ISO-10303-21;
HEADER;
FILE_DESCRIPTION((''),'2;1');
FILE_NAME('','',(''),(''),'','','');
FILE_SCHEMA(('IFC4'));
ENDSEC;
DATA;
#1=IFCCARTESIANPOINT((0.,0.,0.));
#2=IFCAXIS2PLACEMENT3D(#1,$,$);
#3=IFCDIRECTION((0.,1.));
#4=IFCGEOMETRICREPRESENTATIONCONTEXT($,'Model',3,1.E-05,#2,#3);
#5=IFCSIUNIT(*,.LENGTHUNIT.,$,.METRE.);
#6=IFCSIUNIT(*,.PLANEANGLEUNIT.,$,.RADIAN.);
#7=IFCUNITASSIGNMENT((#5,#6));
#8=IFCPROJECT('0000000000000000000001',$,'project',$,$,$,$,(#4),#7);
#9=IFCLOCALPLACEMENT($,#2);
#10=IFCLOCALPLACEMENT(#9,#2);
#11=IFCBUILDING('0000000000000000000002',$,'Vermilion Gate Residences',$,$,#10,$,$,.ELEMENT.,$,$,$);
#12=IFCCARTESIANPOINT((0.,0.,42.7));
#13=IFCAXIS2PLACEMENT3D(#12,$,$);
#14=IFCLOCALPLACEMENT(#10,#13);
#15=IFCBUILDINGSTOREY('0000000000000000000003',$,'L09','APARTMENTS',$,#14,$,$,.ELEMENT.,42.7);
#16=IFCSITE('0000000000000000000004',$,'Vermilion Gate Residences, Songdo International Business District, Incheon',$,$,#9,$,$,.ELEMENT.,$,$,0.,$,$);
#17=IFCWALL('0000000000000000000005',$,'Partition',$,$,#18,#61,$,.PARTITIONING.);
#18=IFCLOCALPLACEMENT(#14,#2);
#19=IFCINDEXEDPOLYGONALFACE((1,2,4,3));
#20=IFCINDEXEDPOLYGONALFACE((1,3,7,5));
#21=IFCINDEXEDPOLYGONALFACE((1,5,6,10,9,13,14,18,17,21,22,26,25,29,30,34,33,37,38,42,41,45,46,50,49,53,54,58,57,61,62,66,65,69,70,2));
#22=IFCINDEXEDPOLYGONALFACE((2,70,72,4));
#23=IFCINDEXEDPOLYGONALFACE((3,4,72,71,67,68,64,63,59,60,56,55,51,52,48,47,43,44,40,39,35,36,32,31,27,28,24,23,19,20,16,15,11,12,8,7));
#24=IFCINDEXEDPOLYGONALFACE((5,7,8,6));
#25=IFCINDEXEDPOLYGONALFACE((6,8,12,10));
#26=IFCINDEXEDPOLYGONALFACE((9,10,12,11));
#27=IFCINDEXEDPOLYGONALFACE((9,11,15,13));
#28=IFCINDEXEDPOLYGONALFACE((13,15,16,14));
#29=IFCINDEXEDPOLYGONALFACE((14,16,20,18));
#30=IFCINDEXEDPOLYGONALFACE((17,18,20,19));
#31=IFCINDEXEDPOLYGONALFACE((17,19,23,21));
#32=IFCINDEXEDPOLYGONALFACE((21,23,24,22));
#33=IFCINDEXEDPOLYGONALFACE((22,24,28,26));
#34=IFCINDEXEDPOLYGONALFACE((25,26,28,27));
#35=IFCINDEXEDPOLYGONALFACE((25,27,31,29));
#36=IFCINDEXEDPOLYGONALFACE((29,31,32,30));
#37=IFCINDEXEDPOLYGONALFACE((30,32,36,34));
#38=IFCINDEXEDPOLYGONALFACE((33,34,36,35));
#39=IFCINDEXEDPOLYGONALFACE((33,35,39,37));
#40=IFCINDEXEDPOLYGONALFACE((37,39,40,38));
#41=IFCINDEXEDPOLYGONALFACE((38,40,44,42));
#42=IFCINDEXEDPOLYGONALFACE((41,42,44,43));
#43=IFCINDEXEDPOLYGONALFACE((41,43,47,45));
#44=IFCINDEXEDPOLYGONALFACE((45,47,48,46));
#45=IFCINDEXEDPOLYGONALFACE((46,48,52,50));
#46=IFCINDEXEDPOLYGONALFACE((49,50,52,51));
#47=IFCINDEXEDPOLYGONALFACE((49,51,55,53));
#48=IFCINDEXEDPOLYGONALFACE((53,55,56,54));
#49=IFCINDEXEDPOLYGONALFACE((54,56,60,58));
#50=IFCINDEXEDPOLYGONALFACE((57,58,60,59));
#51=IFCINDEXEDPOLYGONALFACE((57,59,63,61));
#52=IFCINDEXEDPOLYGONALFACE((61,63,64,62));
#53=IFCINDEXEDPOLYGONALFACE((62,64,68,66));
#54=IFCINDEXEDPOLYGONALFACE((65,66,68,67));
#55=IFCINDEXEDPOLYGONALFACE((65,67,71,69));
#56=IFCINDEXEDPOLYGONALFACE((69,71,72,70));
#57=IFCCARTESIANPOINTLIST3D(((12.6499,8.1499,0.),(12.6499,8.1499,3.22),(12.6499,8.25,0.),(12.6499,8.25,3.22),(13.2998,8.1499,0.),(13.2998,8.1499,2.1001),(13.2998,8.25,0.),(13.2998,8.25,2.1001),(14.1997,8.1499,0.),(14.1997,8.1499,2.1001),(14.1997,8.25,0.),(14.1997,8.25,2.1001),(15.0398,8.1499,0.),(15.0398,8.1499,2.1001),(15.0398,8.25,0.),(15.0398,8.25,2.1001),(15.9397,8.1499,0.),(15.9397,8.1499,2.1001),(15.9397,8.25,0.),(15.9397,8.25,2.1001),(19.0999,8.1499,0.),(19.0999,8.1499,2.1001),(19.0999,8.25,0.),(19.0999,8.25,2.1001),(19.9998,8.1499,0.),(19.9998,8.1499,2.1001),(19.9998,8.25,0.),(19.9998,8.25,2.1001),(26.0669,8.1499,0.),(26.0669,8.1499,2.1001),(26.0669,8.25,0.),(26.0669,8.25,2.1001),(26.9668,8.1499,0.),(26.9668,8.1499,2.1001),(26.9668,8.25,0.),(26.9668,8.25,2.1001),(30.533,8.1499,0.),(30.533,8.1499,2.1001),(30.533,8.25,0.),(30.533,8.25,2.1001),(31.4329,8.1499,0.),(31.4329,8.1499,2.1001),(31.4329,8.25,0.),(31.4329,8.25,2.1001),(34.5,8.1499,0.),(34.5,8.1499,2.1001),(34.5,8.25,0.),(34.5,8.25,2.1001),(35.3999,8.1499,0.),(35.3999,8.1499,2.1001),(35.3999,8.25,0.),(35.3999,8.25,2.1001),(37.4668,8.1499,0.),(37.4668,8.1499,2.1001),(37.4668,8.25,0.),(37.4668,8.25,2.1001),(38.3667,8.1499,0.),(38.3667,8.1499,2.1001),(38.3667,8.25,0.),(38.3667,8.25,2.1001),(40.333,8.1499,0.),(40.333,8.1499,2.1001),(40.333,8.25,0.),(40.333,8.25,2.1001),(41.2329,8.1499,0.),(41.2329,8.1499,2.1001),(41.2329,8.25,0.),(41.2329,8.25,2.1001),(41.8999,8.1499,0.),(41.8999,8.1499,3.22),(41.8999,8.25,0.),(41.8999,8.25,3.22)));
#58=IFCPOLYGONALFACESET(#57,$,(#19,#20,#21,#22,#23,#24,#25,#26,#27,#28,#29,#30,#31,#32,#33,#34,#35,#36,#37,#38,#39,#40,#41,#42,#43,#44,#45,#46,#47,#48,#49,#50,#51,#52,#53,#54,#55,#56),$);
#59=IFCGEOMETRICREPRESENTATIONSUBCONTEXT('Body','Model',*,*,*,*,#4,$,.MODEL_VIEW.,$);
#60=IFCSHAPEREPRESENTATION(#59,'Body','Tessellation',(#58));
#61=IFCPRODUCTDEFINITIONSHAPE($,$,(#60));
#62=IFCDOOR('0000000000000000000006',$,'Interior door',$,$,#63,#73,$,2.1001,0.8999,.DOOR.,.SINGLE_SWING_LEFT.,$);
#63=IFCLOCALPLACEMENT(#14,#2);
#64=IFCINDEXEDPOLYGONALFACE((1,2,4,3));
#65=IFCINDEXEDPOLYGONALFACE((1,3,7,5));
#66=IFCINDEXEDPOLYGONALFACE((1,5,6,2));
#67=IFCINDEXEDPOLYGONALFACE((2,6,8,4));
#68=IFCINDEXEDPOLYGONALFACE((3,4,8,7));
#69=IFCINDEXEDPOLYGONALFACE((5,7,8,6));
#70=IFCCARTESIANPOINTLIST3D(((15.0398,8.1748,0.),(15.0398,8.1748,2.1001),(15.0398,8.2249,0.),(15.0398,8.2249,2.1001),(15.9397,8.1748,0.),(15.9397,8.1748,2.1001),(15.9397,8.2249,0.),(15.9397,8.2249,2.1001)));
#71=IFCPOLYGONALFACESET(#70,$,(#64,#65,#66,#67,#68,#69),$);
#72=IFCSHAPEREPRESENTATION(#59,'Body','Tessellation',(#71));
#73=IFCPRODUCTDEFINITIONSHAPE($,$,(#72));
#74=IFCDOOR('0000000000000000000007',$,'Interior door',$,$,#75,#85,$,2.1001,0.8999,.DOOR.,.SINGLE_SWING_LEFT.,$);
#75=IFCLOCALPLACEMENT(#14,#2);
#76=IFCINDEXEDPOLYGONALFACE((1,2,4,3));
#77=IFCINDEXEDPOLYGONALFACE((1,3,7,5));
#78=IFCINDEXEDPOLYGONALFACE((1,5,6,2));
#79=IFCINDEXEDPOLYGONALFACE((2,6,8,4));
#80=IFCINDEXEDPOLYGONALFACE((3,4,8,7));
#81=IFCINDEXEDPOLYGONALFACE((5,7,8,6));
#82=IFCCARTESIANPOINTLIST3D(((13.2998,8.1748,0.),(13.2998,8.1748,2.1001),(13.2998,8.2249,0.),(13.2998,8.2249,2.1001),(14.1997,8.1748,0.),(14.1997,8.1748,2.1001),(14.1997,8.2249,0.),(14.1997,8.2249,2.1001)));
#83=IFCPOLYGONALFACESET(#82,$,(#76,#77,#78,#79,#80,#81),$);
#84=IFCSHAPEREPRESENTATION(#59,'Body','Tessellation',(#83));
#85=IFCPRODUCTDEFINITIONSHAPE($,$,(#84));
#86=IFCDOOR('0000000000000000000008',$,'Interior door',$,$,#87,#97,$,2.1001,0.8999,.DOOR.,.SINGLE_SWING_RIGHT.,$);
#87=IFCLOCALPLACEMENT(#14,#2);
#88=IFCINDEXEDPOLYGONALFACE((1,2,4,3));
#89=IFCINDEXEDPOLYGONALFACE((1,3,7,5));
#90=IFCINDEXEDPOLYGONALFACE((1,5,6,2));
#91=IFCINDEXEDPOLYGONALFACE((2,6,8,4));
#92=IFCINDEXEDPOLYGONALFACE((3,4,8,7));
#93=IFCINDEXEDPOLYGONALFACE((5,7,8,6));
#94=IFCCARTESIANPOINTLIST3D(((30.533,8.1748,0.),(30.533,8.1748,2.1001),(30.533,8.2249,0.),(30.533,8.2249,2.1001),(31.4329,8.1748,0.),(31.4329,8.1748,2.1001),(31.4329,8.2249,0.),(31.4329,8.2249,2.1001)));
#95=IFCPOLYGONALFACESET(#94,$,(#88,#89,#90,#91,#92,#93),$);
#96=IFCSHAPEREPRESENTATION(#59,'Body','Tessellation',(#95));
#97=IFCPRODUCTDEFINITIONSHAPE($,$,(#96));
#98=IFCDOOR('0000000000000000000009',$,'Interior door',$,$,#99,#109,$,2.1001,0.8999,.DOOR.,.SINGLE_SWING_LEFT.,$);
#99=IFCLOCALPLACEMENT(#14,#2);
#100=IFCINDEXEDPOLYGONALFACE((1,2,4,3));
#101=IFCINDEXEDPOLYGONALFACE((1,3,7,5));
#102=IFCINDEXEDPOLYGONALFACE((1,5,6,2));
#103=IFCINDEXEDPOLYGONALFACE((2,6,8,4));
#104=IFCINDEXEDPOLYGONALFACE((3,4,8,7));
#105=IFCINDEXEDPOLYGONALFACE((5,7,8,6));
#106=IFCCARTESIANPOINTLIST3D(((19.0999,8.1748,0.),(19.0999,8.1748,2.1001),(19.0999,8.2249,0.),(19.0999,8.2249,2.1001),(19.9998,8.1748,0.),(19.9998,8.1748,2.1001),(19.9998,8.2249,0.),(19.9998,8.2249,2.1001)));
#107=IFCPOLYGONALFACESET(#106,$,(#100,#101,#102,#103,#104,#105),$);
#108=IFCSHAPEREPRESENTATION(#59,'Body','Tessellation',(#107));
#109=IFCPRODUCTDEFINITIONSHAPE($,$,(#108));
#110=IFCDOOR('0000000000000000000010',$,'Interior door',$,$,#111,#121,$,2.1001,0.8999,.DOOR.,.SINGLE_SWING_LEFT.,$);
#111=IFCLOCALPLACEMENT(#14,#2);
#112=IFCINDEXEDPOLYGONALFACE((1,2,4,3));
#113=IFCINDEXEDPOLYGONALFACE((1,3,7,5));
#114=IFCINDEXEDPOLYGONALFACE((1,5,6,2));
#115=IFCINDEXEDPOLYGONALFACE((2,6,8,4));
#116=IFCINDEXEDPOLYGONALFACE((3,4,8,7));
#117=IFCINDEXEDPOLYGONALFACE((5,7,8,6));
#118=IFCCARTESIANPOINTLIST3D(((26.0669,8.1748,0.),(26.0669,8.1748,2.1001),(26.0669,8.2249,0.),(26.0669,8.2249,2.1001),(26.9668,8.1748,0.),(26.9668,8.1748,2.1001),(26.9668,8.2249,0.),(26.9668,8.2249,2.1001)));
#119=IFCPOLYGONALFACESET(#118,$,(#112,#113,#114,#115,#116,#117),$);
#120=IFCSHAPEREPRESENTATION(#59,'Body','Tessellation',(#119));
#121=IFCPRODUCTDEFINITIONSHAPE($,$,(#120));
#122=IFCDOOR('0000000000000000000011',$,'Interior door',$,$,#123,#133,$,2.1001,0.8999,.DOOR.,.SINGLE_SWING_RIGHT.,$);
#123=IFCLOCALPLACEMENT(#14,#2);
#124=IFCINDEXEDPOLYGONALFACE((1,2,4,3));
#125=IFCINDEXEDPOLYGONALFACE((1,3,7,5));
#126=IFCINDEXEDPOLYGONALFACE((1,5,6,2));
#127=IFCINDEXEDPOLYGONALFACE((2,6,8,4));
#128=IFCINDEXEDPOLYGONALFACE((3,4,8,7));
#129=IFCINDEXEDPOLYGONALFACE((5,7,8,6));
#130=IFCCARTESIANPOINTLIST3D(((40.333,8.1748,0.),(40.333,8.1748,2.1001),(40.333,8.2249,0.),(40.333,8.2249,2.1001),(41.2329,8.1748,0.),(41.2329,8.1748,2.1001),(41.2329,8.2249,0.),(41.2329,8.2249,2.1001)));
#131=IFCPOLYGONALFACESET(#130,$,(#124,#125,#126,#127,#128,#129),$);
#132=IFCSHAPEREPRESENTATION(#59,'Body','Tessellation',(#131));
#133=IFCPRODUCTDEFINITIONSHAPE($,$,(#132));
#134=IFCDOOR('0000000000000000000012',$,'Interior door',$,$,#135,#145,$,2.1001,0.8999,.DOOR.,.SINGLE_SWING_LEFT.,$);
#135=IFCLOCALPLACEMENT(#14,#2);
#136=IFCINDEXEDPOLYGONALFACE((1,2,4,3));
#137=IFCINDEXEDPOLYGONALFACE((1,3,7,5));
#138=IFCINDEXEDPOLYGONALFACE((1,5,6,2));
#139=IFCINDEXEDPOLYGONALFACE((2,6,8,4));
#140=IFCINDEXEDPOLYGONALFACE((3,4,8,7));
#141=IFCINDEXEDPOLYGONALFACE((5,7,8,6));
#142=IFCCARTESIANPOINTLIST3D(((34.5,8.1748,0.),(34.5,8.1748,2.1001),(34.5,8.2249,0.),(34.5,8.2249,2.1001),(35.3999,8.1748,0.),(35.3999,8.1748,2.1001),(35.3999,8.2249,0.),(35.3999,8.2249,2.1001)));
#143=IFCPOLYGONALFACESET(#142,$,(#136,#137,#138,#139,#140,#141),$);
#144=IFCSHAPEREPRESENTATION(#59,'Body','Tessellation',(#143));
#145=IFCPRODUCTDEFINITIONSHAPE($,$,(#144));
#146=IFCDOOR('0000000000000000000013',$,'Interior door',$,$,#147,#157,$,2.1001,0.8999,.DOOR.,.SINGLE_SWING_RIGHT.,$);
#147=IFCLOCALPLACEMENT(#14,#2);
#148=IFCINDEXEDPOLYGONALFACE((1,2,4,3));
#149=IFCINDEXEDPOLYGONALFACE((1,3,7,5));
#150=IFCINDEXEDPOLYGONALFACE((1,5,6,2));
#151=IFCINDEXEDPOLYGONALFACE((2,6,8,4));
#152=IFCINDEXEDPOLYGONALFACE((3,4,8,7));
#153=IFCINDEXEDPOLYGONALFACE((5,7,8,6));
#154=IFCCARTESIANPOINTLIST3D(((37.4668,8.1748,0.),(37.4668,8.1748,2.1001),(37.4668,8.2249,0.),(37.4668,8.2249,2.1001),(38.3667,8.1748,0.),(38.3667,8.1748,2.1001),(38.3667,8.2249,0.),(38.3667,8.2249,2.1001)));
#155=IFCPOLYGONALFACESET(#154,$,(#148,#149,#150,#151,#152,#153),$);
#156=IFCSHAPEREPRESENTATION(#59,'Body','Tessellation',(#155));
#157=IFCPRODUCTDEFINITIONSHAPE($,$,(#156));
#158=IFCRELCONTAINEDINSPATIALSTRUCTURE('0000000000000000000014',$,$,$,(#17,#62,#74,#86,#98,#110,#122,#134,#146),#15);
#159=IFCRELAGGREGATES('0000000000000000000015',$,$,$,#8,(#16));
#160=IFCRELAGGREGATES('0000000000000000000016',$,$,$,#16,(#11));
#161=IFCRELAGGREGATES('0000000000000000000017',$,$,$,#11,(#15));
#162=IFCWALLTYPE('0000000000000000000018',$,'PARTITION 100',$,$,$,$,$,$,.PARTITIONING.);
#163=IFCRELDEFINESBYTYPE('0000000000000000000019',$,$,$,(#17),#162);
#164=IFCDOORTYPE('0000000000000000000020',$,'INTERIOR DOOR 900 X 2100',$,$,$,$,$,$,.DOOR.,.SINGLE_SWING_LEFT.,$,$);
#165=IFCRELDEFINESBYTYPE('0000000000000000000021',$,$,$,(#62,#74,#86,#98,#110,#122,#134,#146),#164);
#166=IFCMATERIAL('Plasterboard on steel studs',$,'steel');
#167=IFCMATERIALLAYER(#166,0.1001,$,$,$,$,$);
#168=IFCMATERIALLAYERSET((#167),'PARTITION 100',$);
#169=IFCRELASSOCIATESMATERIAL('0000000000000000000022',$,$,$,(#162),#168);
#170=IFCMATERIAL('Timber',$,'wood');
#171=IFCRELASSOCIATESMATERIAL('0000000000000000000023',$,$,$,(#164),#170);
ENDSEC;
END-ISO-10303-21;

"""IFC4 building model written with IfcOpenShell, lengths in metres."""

from ifc_helpers import new_model, si_unit, direction, frame, frame_2d, origin, place, context, subcontext, project, spatial, rectangle, extrude, material, layer, layer_set, type_object, element, fill, save


model = new_model("IFC4")

# Units and contexts
model_context = context("Model", 3, precision=1e-05, world=origin(), true_north=direction((0.0, 1.0)))
body_context = subcontext(model_context, "Body", "Model", "MODEL_VIEW")
ifc_project = project(units=[si_unit("LENGTHUNIT", "METRE"), si_unit("PLANEANGLEUNIT", "RADIAN")], contexts=[model_context])

# Site, building, storey
site_placement = place(None, origin())
site = spatial("IfcSite", under=ifc_project, at=site_placement, Name="Vermilion Gate Residences, Songdo International Business District, Incheon", CompositionType="ELEMENT", RefElevation=0.0)
building_placement = place(site_placement, origin())
building = spatial("IfcBuilding", under=site, at=building_placement, Name="Vermilion Gate Residences", CompositionType="ELEMENT")
storey_placement = place(building_placement, frame((0.0, 0.0, 42.7)))
storey = spatial("IfcBuildingStorey", under=building, at=storey_placement, Name="L09", Description="APARTMENTS", CompositionType="ELEMENT", Elevation=42.7)

# Wall, openings, doors
ifc_material_1 = material(Name="Plasterboard on steel studs", Category="steel")
ifc_layer = layer(ifc_material_1, 0.1001)
ifc_layer_set = layer_set([ifc_layer], Name="PARTITION 100")
wall_type = type_object("IfcWallType", Name="PARTITION 100", PredefinedType="PARTITIONING", material=ifc_layer_set)
ifc_material_2 = material(Name="Timber", Category="wood")
door_type = type_object("IfcDoorType", Name="INTERIOR DOOR 900 X 2100", OperationType="SINGLE_SWING_LEFT", PredefinedType="DOOR", material=ifc_material_2)
wall_1_placement = place(storey_placement, frame((12.6499, 8.2, 0.0), z_axis=(0.0, 0.0, 1.0), x_axis=(1.0, 0.0, 0.0)))
wall_1 = element("IfcWall", 1, at=wall_1_placement, inside=storey, type_object=wall_type, Name="Partition", PredefinedType="PARTITIONING", context=body_context, shape_type="SweptSolid", body=[
    extrude(rectangle(XDim=29.25, YDim=0.1001, at=frame_2d((14.625, 0.0))), origin(), (0.0, 0.0, 1.0), 3.22),
])
opening_1_placement = place(wall_1_placement, frame((2.3899, 0.0, 0.0)))
opening_1 = element("IfcOpeningElement", 2, at=opening_1_placement, cuts=wall_1, PredefinedType="OPENING", context=body_context, shape_type="SweptSolid", body=[
    extrude(rectangle(XDim=0.8999, YDim=2.1001, at=frame_2d((0.45, 1.05))), frame((0.0, 0.0601, 0.0), z_axis=(0.0, -1.0, 0.0), x_axis=(1.0, 0.0, 0.0)), (0.0, 0.0, 1.0), 0.1201),
])
opening_2_placement = place(wall_1_placement, frame((0.6499, 0.0, 0.0)))
opening_2 = element("IfcOpeningElement", 3, at=opening_2_placement, cuts=wall_1, PredefinedType="OPENING", context=body_context, shape_type="SweptSolid", body=[
    extrude(rectangle(XDim=0.8999, YDim=2.1001, at=frame_2d((0.45, 1.05))), frame((0.0, 0.0601, 0.0), z_axis=(0.0, -1.0, 0.0), x_axis=(1.0, 0.0, 0.0)), (0.0, 0.0, 1.0), 0.1201),
])
opening_3_placement = place(wall_1_placement, frame((17.8831, 0.0, 0.0)))
opening_3 = element("IfcOpeningElement", 4, at=opening_3_placement, cuts=wall_1, PredefinedType="OPENING", context=body_context, shape_type="SweptSolid", body=[
    extrude(rectangle(XDim=0.8999, YDim=2.1001, at=frame_2d((0.45, 1.05))), frame((0.0, 0.0601, 0.0), z_axis=(0.0, -1.0, 0.0), x_axis=(1.0, 0.0, 0.0)), (0.0, 0.0, 1.0), 0.1201),
])
opening_4_placement = place(wall_1_placement, frame((6.45, 0.0, 0.0)))
opening_4 = element("IfcOpeningElement", 5, at=opening_4_placement, cuts=wall_1, PredefinedType="OPENING", context=body_context, shape_type="SweptSolid", body=[
    extrude(rectangle(XDim=0.8999, YDim=2.1001, at=frame_2d((0.45, 1.05))), frame((0.0, 0.0601, 0.0), z_axis=(0.0, -1.0, 0.0), x_axis=(1.0, 0.0, 0.0)), (0.0, 0.0, 1.0), 0.1201),
])
opening_5_placement = place(wall_1_placement, frame((13.417, 0.0, 0.0)))
opening_5 = element("IfcOpeningElement", 6, at=opening_5_placement, cuts=wall_1, PredefinedType="OPENING", context=body_context, shape_type="SweptSolid", body=[
    extrude(rectangle(XDim=0.8999, YDim=2.1001, at=frame_2d((0.45, 1.05))), frame((0.0, 0.0601, 0.0), z_axis=(0.0, -1.0, 0.0), x_axis=(1.0, 0.0, 0.0)), (0.0, 0.0, 1.0), 0.1201),
])
opening_6_placement = place(wall_1_placement, frame((27.6831, 0.0, 0.0)))
opening_6 = element("IfcOpeningElement", 7, at=opening_6_placement, cuts=wall_1, PredefinedType="OPENING", context=body_context, shape_type="SweptSolid", body=[
    extrude(rectangle(XDim=0.8999, YDim=2.1001, at=frame_2d((0.45, 1.05))), frame((0.0, 0.0601, 0.0), z_axis=(0.0, -1.0, 0.0), x_axis=(1.0, 0.0, 0.0)), (0.0, 0.0, 1.0), 0.1201),
])
opening_7_placement = place(wall_1_placement, frame((21.8501, 0.0, 0.0)))
opening_7 = element("IfcOpeningElement", 8, at=opening_7_placement, cuts=wall_1, PredefinedType="OPENING", context=body_context, shape_type="SweptSolid", body=[
    extrude(rectangle(XDim=0.8999, YDim=2.1001, at=frame_2d((0.45, 1.05))), frame((0.0, 0.0601, 0.0), z_axis=(0.0, -1.0, 0.0), x_axis=(1.0, 0.0, 0.0)), (0.0, 0.0, 1.0), 0.1201),
])
opening_8_placement = place(wall_1_placement, frame((24.8169, 0.0, 0.0)))
opening_8 = element("IfcOpeningElement", 9, at=opening_8_placement, cuts=wall_1, PredefinedType="OPENING", context=body_context, shape_type="SweptSolid", body=[
    extrude(rectangle(XDim=0.8999, YDim=2.1001, at=frame_2d((0.45, 1.05))), frame((0.0, 0.0601, 0.0), z_axis=(0.0, -1.0, 0.0), x_axis=(1.0, 0.0, 0.0)), (0.0, 0.0, 1.0), 0.1201),
])
door_1_placement = place(opening_1_placement, origin())
door_1 = element("IfcDoor", 10, at=door_1_placement, inside=storey, type_object=door_type, Name="Interior door", OperationType="SINGLE_SWING_LEFT", OverallHeight=2.1001, OverallWidth=0.8999, PredefinedType="DOOR", context=body_context, shape_type="SweptSolid", body=[
    extrude(rectangle(XDim=0.8999, YDim=2.1001, at=frame_2d((0.45, 1.05))), frame((0.0, 0.0249, 0.0), z_axis=(0.0, -1.0, 0.0), x_axis=(1.0, 0.0, 0.0)), (0.0, 0.0, 1.0), 0.05),
])
fill(opening_1, door_1)
door_2_placement = place(opening_2_placement, origin())
door_2 = element("IfcDoor", 11, at=door_2_placement, inside=storey, type_object=door_type, Name="Interior door", OperationType="SINGLE_SWING_LEFT", OverallHeight=2.1001, OverallWidth=0.8999, PredefinedType="DOOR", context=body_context, shape_type="SweptSolid", body=[
    extrude(rectangle(XDim=0.8999, YDim=2.1001, at=frame_2d((0.45, 1.05))), frame((0.0, 0.0249, 0.0), z_axis=(0.0, -1.0, 0.0), x_axis=(1.0, 0.0, 0.0)), (0.0, 0.0, 1.0), 0.05),
])
fill(opening_2, door_2)
door_3_placement = place(opening_3_placement, origin())
door_3 = element("IfcDoor", 12, at=door_3_placement, inside=storey, type_object=door_type, Name="Interior door", OperationType="SINGLE_SWING_RIGHT", OverallHeight=2.1001, OverallWidth=0.8999, PredefinedType="DOOR", context=body_context, shape_type="SweptSolid", body=[
    extrude(rectangle(XDim=0.8999, YDim=2.1001, at=frame_2d((0.45, 1.05))), frame((0.0, 0.0249, 0.0), z_axis=(0.0, -1.0, 0.0), x_axis=(1.0, 0.0, 0.0)), (0.0, 0.0, 1.0), 0.05),
])
fill(opening_3, door_3)
door_4_placement = place(opening_4_placement, origin())
door_4 = element("IfcDoor", 13, at=door_4_placement, inside=storey, type_object=door_type, Name="Interior door", OperationType="SINGLE_SWING_LEFT", OverallHeight=2.1001, OverallWidth=0.8999, PredefinedType="DOOR", context=body_context, shape_type="SweptSolid", body=[
    extrude(rectangle(XDim=0.8999, YDim=2.1001, at=frame_2d((0.45, 1.05))), frame((0.0, 0.0249, 0.0), z_axis=(0.0, -1.0, 0.0), x_axis=(1.0, 0.0, 0.0)), (0.0, 0.0, 1.0), 0.05),
])
fill(opening_4, door_4)
door_5_placement = place(opening_5_placement, origin())
door_5 = element("IfcDoor", 14, at=door_5_placement, inside=storey, type_object=door_type, Name="Interior door", OperationType="SINGLE_SWING_LEFT", OverallHeight=2.1001, OverallWidth=0.8999, PredefinedType="DOOR", context=body_context, shape_type="SweptSolid", body=[
    extrude(rectangle(XDim=0.8999, YDim=2.1001, at=frame_2d((0.45, 1.05))), frame((0.0, 0.0249, 0.0), z_axis=(0.0, -1.0, 0.0), x_axis=(1.0, 0.0, 0.0)), (0.0, 0.0, 1.0), 0.05),
])
fill(opening_5, door_5)
door_6_placement = place(opening_6_placement, origin())
door_6 = element("IfcDoor", 15, at=door_6_placement, inside=storey, type_object=door_type, Name="Interior door", OperationType="SINGLE_SWING_RIGHT", OverallHeight=2.1001, OverallWidth=0.8999, PredefinedType="DOOR", context=body_context, shape_type="SweptSolid", body=[
    extrude(rectangle(XDim=0.8999, YDim=2.1001, at=frame_2d((0.45, 1.05))), frame((0.0, 0.0249, 0.0), z_axis=(0.0, -1.0, 0.0), x_axis=(1.0, 0.0, 0.0)), (0.0, 0.0, 1.0), 0.05),
])
fill(opening_6, door_6)
door_7_placement = place(opening_7_placement, origin())
door_7 = element("IfcDoor", 16, at=door_7_placement, inside=storey, type_object=door_type, Name="Interior door", OperationType="SINGLE_SWING_LEFT", OverallHeight=2.1001, OverallWidth=0.8999, PredefinedType="DOOR", context=body_context, shape_type="SweptSolid", body=[
    extrude(rectangle(XDim=0.8999, YDim=2.1001, at=frame_2d((0.45, 1.05))), frame((0.0, 0.0249, 0.0), z_axis=(0.0, -1.0, 0.0), x_axis=(1.0, 0.0, 0.0)), (0.0, 0.0, 1.0), 0.05),
])
fill(opening_7, door_7)
door_8_placement = place(opening_8_placement, origin())
door_8 = element("IfcDoor", 17, at=door_8_placement, inside=storey, type_object=door_type, Name="Interior door", OperationType="SINGLE_SWING_RIGHT", OverallHeight=2.1001, OverallWidth=0.8999, PredefinedType="DOOR", context=body_context, shape_type="SweptSolid", body=[
    extrude(rectangle(XDim=0.8999, YDim=2.1001, at=frame_2d((0.45, 1.05))), frame((0.0, 0.0249, 0.0), z_axis=(0.0, -1.0, 0.0), x_axis=(1.0, 0.0, 0.0)), (0.0, 0.0, 1.0), 0.05),
])
fill(opening_8, door_8)

save(model, "model.ifc")
